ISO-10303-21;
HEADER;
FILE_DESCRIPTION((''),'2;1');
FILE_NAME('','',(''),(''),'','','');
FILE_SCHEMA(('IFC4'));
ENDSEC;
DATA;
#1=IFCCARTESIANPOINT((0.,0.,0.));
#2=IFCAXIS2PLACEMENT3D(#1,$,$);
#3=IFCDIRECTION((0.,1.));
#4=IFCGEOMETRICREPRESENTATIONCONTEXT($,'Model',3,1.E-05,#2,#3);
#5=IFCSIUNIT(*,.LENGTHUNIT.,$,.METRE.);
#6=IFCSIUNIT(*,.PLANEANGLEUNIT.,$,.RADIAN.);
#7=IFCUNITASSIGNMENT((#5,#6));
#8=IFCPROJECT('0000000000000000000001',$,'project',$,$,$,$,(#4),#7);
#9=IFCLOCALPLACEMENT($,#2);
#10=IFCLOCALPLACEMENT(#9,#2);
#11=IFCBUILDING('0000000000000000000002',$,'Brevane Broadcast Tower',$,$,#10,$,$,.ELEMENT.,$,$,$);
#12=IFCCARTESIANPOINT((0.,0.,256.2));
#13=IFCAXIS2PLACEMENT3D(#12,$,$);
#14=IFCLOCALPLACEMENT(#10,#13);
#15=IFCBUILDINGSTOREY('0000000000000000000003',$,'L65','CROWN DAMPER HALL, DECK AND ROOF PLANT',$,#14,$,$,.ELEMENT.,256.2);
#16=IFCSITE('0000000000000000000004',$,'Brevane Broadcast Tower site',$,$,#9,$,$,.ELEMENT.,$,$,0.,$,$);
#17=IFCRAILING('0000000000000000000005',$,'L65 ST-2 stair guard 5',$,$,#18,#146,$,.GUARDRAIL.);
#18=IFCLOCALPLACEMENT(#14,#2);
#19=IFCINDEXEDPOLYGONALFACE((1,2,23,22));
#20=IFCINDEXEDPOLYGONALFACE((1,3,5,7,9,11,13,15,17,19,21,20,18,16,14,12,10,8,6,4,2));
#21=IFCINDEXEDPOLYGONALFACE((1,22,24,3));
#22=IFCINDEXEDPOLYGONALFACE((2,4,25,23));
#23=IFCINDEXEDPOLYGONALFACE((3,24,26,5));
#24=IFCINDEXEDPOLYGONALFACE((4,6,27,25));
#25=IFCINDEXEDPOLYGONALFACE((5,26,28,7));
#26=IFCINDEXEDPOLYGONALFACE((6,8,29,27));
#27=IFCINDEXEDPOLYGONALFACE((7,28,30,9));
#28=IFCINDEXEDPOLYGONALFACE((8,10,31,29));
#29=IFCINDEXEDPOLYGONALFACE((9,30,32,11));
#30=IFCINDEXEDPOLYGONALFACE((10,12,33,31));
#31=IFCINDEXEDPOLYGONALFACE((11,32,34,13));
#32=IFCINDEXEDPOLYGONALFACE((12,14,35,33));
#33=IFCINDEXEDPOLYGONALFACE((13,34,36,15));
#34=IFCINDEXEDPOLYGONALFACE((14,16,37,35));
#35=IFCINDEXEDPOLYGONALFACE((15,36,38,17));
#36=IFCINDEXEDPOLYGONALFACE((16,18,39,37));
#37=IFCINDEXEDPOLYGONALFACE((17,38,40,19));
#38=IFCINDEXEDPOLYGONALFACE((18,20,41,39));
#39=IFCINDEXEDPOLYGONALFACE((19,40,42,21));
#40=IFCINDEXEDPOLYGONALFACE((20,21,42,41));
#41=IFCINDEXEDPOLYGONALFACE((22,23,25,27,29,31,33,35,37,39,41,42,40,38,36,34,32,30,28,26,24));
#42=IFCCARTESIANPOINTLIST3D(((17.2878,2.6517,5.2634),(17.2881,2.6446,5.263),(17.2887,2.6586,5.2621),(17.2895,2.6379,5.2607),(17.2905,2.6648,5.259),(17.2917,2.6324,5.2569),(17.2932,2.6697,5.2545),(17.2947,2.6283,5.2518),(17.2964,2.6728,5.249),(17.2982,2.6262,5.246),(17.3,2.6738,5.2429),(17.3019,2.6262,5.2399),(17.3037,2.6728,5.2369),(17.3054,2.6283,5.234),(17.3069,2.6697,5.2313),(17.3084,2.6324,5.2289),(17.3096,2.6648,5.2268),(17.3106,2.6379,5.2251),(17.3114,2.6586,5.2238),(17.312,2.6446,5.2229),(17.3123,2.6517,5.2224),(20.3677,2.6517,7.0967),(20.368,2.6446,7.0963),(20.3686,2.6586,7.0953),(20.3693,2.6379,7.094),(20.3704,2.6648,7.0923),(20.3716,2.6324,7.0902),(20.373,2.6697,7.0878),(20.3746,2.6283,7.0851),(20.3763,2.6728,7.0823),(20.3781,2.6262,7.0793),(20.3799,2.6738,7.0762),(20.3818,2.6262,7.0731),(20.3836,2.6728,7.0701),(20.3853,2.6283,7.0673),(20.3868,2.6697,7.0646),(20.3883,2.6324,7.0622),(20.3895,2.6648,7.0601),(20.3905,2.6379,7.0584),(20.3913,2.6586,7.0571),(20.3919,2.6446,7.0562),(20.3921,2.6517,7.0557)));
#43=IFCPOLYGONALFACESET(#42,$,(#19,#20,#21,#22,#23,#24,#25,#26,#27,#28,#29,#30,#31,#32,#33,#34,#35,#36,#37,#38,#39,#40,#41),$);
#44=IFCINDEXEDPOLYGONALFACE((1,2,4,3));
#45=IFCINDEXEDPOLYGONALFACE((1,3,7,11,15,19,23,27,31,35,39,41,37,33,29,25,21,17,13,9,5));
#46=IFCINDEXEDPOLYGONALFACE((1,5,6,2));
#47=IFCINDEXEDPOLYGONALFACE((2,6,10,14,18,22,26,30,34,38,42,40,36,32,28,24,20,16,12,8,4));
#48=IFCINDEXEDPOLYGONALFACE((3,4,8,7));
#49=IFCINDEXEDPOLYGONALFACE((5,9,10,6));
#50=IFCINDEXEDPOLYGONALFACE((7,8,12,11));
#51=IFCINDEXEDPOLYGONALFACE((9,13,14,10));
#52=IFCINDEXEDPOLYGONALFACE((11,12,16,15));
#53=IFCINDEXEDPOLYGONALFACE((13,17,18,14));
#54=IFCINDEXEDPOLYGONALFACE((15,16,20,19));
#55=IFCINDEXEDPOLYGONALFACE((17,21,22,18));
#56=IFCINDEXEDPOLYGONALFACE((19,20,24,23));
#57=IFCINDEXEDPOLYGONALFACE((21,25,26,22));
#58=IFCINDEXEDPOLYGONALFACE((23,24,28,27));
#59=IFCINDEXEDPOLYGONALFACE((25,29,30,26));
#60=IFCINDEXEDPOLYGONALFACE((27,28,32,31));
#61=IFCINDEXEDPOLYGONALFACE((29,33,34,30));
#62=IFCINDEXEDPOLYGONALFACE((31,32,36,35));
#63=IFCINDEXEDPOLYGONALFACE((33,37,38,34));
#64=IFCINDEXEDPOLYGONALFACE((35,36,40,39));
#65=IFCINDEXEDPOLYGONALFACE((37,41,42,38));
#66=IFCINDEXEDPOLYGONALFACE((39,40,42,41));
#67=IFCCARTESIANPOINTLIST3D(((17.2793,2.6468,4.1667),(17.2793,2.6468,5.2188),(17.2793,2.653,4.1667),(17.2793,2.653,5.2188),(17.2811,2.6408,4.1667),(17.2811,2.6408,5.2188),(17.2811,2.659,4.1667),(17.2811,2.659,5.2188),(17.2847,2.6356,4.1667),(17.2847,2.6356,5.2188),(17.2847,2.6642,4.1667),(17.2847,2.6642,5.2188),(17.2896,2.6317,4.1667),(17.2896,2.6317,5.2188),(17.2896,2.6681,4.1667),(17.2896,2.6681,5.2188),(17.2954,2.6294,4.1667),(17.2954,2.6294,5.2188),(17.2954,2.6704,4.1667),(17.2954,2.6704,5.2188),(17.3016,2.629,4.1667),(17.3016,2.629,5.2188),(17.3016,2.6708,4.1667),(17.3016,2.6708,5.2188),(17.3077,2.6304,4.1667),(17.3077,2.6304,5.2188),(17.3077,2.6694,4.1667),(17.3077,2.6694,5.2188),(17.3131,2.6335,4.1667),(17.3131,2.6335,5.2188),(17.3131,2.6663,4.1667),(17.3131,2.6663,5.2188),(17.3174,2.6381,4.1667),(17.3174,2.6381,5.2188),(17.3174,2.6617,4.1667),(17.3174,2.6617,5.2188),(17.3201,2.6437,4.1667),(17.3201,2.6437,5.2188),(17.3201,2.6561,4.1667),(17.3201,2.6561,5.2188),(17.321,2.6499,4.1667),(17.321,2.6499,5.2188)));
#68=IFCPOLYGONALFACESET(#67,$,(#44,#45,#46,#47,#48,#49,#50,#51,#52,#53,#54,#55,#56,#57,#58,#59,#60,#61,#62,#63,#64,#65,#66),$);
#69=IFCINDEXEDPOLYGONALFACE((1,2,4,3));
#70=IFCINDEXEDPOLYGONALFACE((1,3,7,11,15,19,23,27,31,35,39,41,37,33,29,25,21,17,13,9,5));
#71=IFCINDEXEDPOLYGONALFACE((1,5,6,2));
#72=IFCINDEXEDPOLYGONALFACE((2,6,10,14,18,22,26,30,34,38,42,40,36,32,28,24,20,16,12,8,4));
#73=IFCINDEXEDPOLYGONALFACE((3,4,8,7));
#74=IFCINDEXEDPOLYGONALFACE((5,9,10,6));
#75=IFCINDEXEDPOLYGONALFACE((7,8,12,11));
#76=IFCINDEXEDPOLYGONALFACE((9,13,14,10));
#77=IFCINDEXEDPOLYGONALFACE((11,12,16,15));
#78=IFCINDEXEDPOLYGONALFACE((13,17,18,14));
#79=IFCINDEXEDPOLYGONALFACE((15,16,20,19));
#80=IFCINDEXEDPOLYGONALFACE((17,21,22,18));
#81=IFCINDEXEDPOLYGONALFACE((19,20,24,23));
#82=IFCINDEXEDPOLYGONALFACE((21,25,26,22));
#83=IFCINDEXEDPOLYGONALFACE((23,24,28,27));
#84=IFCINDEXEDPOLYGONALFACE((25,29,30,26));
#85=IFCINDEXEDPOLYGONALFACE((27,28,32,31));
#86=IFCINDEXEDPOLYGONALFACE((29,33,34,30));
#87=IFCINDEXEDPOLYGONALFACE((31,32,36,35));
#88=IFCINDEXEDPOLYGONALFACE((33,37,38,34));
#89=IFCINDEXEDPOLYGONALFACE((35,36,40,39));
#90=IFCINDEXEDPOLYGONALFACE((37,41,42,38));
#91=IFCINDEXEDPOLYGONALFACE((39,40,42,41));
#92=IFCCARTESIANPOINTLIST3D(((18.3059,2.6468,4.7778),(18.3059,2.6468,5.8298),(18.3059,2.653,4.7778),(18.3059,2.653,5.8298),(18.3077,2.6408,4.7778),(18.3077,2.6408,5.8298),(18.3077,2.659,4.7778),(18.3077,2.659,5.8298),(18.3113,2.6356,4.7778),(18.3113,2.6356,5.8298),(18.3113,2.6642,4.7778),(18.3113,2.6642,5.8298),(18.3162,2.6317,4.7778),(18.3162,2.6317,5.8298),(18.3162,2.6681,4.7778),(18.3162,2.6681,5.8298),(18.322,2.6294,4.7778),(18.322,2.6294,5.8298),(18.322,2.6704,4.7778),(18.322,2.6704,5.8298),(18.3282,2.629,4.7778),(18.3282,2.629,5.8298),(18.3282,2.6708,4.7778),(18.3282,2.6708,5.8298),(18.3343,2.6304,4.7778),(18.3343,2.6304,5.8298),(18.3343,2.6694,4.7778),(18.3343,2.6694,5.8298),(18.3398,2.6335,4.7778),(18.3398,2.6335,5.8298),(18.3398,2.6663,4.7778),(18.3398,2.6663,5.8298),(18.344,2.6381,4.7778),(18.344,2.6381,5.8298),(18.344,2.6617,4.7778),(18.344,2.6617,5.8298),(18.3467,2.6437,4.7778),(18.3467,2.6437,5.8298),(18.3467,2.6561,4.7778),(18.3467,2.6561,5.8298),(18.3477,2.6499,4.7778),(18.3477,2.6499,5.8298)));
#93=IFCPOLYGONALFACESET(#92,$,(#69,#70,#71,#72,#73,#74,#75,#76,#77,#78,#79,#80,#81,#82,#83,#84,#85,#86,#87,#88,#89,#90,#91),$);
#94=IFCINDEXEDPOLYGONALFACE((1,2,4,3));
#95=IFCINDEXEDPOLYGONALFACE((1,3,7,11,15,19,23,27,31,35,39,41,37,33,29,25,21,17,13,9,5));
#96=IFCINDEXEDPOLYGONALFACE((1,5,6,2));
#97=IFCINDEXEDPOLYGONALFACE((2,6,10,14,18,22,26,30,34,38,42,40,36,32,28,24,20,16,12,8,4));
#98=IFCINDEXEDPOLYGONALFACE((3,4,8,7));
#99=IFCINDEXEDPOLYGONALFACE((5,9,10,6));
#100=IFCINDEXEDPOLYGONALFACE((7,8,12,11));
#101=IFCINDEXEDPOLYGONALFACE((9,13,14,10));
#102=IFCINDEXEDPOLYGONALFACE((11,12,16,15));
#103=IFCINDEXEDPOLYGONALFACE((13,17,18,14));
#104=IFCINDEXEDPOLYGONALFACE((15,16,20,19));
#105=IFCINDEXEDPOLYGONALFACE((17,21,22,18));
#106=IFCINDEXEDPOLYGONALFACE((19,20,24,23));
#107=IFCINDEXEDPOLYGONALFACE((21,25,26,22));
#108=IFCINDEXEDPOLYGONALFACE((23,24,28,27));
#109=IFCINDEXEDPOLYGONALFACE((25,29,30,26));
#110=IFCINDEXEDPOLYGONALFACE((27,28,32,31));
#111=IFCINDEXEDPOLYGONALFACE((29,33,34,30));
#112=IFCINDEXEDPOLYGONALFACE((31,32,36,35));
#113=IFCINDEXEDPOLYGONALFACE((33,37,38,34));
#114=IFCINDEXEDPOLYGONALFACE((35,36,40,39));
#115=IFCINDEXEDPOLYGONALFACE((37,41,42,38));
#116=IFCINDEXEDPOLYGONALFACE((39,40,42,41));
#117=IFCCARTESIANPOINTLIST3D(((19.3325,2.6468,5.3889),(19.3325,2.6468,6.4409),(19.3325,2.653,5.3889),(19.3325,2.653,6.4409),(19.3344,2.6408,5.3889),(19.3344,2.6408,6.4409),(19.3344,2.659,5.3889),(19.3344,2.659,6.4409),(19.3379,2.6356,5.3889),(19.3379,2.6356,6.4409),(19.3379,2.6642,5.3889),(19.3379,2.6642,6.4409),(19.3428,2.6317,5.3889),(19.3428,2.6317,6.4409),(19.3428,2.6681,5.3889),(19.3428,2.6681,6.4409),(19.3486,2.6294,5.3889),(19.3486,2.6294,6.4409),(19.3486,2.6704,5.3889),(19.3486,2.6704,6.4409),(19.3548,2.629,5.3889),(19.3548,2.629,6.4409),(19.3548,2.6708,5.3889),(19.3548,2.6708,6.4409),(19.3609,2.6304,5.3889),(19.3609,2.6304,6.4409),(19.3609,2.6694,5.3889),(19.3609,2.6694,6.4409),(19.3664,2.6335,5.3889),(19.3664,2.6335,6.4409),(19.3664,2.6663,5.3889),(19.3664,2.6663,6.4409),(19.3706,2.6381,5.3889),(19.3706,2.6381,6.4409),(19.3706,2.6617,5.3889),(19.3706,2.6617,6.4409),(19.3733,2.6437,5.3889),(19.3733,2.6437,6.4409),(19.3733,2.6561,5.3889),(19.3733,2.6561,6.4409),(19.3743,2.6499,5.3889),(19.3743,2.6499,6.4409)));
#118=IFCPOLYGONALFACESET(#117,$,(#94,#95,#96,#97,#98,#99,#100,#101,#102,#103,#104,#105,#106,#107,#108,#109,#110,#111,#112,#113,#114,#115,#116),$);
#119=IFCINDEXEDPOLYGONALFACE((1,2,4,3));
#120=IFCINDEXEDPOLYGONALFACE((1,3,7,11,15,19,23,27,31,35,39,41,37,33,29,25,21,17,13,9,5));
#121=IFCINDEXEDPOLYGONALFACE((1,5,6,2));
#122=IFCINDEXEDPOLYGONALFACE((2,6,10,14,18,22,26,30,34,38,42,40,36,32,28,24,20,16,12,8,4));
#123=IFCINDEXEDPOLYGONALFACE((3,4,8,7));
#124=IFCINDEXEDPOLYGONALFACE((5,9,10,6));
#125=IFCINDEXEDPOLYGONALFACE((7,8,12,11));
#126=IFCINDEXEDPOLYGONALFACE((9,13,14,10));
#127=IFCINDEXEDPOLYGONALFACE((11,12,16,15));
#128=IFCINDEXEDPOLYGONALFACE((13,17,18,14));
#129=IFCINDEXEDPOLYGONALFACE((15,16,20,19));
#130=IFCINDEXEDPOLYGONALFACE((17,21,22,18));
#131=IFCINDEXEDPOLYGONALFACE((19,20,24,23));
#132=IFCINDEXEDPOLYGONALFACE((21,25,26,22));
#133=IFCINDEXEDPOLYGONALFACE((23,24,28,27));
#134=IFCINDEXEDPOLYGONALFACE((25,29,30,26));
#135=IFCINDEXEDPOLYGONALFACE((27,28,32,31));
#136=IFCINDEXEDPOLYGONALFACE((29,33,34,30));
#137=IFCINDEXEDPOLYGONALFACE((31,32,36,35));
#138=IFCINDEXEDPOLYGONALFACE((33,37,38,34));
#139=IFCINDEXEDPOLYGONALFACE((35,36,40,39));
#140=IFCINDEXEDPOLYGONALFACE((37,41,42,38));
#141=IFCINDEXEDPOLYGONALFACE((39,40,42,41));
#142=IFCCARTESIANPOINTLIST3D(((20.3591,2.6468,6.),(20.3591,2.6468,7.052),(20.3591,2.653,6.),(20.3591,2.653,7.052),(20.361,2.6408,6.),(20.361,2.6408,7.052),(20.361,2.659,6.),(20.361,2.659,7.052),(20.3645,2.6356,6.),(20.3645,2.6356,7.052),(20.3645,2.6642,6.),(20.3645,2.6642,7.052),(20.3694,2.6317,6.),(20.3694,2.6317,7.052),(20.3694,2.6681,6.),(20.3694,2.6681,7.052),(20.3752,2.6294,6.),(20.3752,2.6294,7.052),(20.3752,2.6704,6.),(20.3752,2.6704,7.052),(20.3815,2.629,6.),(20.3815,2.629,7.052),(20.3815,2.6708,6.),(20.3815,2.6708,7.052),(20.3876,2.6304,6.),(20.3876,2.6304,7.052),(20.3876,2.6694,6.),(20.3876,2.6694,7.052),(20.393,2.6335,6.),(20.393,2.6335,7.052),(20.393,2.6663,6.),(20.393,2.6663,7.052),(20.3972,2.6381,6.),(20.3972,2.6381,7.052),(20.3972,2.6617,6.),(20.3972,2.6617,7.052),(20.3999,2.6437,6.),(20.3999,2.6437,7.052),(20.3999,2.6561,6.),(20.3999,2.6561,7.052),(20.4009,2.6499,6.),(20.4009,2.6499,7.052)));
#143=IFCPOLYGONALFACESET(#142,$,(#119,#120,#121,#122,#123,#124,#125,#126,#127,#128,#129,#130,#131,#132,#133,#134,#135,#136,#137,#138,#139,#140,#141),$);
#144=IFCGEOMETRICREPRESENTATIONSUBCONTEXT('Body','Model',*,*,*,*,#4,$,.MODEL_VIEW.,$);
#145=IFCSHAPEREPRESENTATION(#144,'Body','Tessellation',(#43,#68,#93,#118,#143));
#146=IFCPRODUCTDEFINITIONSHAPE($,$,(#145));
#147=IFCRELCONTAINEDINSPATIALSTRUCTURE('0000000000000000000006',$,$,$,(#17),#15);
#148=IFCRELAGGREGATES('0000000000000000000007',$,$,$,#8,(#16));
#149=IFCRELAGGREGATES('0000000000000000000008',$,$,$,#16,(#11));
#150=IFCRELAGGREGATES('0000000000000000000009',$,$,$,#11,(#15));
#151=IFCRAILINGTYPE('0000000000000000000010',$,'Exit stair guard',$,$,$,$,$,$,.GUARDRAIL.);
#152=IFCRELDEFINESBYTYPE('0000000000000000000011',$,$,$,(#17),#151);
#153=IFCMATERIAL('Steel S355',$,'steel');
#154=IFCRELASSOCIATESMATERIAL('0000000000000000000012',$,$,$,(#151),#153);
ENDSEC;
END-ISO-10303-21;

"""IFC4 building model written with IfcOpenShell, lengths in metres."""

from ifc_helpers import new_model, si_unit, direction, frame, origin, origin_2d, place, context, subcontext, project, spatial, circle, extrude, material, type_object, element, save


model = new_model("IFC4")

# Units and contexts
model_context = context("Model", 3, precision=1e-05, world=origin(), true_north=direction((0.0, 1.0)))
body_context = subcontext(model_context, "Body", "Model", "MODEL_VIEW")
ifc_project = project(units=[si_unit("LENGTHUNIT", "METRE"), si_unit("PLANEANGLEUNIT", "RADIAN")], contexts=[model_context])

# Site, building, storey
site_placement = place(None, origin())
site = spatial("IfcSite", under=ifc_project, at=site_placement, Name="Brevane Broadcast Tower site", CompositionType="ELEMENT", RefElevation=0.0)
building_placement = place(site_placement, origin())
building = spatial("IfcBuilding", under=site, at=building_placement, Name="Brevane Broadcast Tower", CompositionType="ELEMENT")
storey_placement = place(building_placement, frame((0.0, 0.0, 256.2)))
storey = spatial("IfcBuildingStorey", under=building, at=storey_placement, Name="L65", Description="CROWN DAMPER HALL, DECK AND ROOF PLANT", CompositionType="ELEMENT", Elevation=256.2)

# Railing
ifc_material_1 = material(Name="Steel S355", Category="steel")
railing_type_1 = type_object("IfcRailingType", Name="Exit stair guard", PredefinedType="GUARDRAIL", material=ifc_material_1)
railing_1_placement = place(storey_placement, frame((17.3, 2.6499, 4.1667)))
element("IfcRailing", 1, at=railing_1_placement, inside=storey, type_object=railing_type_1, Name="L65 ST-2 stair guard 5", PredefinedType="GUARDRAIL", context=body_context, shape_type="SweptSolid", body=[
    extrude(circle(Radius=0.0239, at=origin_2d()), frame((0.0, 0.0, 1.0762), z_axis=(0.859291, 0.0, 0.511487), x_axis=(0.0, 1.0, 0.0)), (0.0, 0.0, 1.0), 3.5842),
    extrude(circle(Radius=0.021, at=origin_2d()), origin(), (0.0, 0.0, 1.0), 1.052),
    extrude(circle(Radius=0.021, at=origin_2d()), frame((1.0266, 0.0, 0.6111)), (0.0, 0.0, 1.0), 1.052),
    extrude(circle(Radius=0.021, at=origin_2d()), frame((2.0532, 0.0, 1.2222)), (0.0, 0.0, 1.0), 1.052),
    extrude(circle(Radius=0.021, at=origin_2d()), frame((3.0798, 0.0, 1.8333)), (0.0, 0.0, 1.0), 1.052),
])

save(model, "model.ifc")
